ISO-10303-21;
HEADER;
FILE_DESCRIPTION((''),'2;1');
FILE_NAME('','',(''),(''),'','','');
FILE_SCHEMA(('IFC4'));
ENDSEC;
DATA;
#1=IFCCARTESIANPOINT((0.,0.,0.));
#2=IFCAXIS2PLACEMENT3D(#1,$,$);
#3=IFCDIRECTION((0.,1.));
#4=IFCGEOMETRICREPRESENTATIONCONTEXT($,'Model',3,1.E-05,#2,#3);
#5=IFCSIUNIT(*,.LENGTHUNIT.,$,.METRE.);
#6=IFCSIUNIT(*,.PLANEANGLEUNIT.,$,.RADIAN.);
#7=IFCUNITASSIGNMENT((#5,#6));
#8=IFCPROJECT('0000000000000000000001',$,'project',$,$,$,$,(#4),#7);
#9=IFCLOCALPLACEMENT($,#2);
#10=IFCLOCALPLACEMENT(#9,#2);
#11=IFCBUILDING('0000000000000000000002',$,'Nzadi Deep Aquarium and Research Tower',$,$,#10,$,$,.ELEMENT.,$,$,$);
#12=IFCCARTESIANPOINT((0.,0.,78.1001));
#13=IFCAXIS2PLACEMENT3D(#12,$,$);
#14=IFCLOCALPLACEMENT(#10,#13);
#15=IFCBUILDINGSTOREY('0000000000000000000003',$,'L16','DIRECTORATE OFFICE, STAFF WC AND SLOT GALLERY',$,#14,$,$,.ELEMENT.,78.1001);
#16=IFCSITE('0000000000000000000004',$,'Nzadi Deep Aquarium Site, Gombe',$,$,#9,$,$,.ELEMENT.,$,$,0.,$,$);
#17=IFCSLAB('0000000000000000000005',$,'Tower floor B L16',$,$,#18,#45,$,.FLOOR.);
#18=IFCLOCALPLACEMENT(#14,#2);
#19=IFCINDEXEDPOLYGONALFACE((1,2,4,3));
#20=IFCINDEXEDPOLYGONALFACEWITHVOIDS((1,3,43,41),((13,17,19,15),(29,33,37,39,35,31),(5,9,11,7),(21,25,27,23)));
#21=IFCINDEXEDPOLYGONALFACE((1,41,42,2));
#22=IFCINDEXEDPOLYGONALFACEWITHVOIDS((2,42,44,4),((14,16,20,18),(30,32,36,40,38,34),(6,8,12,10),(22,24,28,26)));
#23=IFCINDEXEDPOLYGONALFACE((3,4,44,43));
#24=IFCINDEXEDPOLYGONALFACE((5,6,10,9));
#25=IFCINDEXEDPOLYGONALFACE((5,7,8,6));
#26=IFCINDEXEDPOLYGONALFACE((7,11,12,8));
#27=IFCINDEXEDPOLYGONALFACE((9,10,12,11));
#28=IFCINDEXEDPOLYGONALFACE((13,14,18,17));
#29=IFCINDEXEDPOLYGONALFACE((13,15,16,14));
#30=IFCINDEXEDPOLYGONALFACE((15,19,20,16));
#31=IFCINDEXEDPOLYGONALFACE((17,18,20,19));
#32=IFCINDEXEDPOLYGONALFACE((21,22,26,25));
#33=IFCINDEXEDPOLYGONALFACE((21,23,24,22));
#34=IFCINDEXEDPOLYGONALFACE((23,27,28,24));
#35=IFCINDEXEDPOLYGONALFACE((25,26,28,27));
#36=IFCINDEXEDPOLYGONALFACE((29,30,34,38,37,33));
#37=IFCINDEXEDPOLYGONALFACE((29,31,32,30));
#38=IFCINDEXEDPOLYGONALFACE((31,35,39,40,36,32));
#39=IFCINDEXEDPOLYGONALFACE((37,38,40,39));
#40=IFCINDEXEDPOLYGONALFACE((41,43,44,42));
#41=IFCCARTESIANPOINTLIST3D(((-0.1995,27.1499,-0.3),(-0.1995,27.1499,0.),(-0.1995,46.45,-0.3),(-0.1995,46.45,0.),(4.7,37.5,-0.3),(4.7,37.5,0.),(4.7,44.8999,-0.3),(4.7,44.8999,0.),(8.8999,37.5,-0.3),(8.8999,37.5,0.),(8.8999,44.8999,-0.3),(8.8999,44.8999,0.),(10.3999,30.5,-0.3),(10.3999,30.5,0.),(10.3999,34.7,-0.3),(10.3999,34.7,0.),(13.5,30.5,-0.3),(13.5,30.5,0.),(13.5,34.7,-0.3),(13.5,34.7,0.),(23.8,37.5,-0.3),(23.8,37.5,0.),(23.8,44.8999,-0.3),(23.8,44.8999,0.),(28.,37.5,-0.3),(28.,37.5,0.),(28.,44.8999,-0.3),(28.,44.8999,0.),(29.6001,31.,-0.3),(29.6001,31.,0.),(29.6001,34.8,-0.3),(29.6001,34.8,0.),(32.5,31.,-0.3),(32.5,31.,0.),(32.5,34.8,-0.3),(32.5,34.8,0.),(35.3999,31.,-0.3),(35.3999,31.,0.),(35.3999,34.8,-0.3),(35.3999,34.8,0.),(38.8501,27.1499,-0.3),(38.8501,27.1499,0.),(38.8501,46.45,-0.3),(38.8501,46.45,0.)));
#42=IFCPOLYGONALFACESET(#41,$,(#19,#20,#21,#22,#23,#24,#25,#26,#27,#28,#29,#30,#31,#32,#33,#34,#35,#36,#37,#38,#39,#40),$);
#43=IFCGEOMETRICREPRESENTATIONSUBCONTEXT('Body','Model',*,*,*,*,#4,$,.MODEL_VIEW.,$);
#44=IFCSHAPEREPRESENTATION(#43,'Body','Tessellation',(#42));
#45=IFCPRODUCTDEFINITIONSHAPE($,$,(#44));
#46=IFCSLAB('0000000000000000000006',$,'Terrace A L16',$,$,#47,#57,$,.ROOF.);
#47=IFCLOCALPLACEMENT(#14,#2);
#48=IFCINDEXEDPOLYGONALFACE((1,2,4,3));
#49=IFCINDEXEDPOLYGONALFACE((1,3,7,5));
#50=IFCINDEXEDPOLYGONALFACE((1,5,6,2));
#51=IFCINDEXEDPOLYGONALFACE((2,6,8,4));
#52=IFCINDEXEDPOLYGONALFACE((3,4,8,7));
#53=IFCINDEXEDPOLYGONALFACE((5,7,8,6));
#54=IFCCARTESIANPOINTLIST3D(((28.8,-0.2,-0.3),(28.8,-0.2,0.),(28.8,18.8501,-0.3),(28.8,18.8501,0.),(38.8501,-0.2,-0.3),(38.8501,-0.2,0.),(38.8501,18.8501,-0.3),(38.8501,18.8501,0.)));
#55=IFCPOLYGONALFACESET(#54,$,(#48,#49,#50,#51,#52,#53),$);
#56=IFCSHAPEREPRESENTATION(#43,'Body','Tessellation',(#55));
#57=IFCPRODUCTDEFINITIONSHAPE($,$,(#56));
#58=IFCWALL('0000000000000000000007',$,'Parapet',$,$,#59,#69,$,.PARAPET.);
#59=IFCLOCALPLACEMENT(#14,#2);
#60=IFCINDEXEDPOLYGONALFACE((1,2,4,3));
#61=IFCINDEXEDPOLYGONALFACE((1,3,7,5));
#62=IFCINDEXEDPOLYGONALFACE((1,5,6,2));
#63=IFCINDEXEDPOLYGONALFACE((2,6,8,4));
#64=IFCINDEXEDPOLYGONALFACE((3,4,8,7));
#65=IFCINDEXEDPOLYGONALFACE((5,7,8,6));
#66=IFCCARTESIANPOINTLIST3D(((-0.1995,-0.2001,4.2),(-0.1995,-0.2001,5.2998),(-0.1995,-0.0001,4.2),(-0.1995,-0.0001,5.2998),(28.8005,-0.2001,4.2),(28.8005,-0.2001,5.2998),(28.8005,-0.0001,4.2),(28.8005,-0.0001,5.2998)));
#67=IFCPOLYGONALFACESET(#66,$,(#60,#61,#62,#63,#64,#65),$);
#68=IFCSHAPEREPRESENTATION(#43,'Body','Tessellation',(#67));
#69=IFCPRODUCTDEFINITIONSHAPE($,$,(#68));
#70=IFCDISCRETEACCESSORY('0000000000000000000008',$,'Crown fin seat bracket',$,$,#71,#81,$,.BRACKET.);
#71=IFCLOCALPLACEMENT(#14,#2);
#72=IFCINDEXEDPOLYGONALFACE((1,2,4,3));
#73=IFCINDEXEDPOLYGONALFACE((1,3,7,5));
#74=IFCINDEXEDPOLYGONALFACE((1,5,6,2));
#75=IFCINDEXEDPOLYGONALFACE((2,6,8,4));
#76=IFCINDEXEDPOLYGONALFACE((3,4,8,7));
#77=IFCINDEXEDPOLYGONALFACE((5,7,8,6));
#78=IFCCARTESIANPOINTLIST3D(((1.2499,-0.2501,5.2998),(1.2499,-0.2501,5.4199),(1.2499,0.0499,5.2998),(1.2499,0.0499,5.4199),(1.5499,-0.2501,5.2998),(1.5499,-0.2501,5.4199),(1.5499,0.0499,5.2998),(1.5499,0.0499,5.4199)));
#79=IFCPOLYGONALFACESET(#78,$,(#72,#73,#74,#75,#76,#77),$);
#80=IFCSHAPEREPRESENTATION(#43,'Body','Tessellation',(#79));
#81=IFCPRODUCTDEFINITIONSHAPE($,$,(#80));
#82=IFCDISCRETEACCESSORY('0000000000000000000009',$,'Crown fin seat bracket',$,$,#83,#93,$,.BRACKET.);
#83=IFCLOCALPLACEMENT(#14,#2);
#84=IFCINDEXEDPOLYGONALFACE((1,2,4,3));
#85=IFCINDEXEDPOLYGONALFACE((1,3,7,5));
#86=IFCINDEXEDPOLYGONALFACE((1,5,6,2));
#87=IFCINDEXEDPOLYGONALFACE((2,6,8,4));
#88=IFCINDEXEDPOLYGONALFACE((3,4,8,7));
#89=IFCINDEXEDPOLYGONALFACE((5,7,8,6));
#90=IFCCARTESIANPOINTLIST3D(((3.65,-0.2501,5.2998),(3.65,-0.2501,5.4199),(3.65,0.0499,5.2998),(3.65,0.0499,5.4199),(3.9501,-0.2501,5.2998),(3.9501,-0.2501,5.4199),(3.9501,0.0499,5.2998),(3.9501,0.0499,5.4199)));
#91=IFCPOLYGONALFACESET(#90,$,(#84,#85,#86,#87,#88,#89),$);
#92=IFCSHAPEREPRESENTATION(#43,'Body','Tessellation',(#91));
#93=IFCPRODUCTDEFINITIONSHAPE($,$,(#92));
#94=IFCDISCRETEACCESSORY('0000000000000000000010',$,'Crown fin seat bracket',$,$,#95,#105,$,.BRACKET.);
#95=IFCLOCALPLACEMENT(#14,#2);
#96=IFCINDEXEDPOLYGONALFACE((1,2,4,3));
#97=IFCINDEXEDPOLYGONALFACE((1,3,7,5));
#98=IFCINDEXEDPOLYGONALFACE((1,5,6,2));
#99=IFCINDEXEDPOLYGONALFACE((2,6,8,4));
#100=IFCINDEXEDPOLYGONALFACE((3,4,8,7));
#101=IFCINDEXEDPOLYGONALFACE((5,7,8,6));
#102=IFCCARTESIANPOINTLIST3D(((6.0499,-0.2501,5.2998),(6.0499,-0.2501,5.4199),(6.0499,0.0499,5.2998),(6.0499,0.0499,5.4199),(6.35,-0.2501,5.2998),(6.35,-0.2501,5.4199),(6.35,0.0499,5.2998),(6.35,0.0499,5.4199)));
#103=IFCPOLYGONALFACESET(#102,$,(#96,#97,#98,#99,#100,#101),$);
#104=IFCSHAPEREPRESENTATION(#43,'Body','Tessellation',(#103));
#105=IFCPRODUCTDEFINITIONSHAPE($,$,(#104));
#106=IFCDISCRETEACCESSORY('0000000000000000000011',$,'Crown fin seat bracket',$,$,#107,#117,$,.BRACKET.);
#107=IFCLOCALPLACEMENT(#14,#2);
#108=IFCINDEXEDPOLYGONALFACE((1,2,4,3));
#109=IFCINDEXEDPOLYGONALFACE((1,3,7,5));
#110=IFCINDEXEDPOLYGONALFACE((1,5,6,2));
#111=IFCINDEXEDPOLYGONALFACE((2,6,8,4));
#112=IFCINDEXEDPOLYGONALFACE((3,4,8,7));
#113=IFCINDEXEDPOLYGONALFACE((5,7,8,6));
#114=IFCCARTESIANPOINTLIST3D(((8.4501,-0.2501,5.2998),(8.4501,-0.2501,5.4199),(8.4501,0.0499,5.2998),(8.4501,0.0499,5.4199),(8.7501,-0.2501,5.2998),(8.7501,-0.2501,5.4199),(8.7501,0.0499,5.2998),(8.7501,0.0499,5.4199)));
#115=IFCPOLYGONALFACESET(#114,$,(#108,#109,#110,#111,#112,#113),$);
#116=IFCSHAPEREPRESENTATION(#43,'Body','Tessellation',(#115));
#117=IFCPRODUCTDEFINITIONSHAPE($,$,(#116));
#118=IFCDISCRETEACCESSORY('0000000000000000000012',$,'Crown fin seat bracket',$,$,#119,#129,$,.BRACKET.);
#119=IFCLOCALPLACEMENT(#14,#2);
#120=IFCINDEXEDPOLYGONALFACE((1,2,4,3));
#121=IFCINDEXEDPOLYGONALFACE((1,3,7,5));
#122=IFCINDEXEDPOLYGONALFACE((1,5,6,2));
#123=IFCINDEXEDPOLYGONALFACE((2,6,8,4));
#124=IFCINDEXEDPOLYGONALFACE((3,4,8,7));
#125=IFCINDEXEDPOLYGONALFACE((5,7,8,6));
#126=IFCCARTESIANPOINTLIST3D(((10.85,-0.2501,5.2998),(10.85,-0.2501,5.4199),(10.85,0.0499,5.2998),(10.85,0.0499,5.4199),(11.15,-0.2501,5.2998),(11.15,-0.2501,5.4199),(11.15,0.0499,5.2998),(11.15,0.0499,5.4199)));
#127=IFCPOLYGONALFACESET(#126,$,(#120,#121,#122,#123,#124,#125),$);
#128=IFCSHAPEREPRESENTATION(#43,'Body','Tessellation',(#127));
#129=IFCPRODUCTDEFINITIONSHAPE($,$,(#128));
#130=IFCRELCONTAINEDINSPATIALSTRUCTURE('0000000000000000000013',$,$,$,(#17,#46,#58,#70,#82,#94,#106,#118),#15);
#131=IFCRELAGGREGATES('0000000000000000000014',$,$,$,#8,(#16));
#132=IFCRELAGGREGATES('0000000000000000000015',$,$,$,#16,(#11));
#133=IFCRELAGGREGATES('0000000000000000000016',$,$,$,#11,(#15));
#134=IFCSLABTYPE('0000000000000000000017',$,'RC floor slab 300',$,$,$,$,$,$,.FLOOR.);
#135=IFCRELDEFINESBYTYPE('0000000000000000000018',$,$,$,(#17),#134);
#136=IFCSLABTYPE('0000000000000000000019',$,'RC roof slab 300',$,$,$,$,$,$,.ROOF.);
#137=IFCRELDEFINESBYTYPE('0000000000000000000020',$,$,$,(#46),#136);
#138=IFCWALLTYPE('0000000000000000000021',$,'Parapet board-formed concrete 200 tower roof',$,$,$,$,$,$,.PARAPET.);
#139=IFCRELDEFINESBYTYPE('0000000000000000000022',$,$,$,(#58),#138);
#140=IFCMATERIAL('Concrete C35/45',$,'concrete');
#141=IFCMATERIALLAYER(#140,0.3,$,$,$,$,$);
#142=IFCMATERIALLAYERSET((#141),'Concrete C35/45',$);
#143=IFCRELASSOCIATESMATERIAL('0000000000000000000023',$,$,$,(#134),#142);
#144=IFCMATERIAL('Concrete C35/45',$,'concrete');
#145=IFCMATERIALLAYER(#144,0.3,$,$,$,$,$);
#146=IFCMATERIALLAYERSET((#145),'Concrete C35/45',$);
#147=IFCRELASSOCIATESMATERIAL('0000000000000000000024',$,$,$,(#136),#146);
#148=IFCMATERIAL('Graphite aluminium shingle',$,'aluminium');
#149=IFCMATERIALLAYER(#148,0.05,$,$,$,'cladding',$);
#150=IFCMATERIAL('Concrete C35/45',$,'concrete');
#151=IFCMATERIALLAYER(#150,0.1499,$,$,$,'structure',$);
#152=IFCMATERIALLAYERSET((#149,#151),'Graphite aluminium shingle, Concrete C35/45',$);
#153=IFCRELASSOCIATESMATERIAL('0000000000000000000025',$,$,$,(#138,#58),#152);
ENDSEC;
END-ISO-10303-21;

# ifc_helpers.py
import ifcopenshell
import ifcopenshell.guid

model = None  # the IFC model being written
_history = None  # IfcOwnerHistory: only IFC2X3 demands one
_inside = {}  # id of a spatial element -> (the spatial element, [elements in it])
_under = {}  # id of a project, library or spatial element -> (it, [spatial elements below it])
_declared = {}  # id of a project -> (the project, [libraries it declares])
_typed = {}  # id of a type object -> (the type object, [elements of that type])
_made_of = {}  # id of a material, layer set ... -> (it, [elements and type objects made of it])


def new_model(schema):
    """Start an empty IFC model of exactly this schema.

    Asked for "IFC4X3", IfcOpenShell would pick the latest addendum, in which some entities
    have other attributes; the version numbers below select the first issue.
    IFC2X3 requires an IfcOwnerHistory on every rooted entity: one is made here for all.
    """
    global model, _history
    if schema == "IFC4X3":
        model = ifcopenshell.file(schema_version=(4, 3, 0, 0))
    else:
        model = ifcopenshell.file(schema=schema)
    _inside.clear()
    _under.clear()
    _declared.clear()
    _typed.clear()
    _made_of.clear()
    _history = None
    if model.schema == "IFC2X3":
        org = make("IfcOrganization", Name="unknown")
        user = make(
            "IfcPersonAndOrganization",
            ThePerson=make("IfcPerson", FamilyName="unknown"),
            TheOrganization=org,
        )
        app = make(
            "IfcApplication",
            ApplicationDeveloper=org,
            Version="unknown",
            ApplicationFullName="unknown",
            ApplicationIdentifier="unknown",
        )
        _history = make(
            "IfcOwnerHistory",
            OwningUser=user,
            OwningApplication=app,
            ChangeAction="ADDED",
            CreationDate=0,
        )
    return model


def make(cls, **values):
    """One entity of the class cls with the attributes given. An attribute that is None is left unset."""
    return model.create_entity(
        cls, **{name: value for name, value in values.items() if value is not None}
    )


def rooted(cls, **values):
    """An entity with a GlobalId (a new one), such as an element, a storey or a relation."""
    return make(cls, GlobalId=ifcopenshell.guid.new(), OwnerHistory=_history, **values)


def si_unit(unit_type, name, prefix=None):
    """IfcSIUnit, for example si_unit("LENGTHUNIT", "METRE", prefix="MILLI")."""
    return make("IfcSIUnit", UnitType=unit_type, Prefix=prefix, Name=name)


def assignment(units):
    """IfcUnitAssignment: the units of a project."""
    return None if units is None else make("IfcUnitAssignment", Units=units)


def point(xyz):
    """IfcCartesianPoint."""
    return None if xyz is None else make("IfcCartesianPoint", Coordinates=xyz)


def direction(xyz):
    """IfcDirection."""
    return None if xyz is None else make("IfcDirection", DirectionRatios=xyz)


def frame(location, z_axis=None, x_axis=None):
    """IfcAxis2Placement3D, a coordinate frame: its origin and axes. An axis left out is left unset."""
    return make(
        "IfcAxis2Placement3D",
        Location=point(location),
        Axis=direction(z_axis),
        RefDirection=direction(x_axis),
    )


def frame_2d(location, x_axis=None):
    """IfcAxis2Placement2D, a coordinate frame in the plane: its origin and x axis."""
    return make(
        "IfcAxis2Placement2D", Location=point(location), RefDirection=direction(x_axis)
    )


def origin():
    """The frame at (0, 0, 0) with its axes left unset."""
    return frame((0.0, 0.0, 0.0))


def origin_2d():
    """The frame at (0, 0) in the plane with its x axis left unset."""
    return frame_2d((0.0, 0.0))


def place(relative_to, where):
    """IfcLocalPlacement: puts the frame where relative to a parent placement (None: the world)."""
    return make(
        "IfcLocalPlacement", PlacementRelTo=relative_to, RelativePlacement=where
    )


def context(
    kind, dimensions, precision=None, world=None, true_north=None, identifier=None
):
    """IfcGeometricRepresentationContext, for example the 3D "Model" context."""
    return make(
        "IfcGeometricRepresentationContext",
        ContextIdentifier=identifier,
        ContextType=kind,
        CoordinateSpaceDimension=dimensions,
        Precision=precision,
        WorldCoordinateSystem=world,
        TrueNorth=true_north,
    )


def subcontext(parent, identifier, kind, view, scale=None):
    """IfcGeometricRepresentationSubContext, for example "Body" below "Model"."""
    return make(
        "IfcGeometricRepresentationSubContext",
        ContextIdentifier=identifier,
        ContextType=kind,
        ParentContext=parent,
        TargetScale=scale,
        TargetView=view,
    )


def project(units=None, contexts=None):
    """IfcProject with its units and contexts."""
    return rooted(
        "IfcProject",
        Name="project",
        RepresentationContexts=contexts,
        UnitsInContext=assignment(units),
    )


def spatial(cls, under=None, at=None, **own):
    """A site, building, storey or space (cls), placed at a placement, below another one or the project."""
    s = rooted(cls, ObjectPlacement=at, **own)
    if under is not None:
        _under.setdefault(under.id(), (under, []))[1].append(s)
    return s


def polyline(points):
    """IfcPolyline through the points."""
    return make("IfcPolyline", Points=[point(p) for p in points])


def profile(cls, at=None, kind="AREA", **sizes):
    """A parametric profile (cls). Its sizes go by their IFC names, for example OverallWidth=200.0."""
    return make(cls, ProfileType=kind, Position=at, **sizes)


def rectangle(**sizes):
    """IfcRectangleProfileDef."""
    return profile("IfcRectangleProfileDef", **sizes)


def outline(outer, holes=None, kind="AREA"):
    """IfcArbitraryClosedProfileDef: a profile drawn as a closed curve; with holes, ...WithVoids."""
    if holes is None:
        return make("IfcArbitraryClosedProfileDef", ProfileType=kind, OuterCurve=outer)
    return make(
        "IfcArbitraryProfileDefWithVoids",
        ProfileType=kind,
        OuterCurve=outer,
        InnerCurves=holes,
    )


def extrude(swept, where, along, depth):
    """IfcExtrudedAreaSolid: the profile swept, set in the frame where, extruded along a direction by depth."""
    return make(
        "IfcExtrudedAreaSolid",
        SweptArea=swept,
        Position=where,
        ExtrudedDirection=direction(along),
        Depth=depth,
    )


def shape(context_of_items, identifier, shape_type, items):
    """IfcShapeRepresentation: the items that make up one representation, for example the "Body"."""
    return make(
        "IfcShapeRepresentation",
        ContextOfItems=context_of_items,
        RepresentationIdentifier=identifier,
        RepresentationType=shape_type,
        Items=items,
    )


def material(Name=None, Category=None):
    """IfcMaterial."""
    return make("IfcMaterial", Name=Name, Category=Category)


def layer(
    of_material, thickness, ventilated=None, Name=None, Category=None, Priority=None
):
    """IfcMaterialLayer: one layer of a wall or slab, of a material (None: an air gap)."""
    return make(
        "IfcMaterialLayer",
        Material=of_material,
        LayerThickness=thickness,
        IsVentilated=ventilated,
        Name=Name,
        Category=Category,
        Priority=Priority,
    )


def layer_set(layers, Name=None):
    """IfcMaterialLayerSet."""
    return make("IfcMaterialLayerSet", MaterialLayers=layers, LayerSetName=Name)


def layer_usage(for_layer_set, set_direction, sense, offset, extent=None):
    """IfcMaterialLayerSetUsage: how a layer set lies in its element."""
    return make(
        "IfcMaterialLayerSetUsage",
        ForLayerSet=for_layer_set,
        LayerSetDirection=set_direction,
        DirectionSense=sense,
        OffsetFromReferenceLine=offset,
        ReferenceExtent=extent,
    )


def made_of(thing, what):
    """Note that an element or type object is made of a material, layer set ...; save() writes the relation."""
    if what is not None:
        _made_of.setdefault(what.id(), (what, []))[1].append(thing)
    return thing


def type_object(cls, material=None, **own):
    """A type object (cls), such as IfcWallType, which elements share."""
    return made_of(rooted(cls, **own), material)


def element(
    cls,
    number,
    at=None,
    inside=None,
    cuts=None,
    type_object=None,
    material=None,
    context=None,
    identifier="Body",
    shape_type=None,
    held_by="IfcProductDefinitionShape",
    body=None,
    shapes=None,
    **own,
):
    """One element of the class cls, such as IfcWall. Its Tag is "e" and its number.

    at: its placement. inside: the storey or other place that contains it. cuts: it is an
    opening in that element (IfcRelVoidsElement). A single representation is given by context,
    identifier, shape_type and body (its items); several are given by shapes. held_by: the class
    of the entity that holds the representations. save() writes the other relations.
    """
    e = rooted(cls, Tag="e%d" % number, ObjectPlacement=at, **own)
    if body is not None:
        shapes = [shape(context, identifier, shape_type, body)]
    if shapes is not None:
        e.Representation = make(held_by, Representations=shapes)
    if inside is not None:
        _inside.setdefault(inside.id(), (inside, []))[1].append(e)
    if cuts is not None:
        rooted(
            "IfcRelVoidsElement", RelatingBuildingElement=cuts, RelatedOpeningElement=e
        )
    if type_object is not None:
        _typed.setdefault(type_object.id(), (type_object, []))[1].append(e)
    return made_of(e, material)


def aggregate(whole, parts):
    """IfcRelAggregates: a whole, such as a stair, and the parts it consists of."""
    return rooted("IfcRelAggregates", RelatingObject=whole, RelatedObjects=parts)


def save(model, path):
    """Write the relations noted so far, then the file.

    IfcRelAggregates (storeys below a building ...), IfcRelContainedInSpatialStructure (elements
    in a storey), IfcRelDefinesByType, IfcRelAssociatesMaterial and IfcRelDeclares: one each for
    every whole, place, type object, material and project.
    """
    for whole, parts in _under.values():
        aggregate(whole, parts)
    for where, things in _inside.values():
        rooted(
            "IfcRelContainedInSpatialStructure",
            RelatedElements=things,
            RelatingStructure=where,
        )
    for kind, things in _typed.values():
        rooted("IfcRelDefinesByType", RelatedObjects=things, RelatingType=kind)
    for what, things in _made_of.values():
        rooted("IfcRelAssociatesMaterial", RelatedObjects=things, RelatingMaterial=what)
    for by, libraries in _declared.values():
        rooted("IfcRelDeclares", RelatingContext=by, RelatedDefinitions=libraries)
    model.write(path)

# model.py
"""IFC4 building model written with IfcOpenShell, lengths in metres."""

from ifc_helpers import new_model, si_unit, direction, frame, frame_2d, origin, origin_2d, place, context, subcontext, project, spatial, polyline, rectangle, outline, extrude, material, layer, layer_set, layer_usage, type_object, element, save


model = new_model("IFC4")

# Units and contexts
model_context = context("Model", 3, precision=1e-05, world=origin(), true_north=direction((0.0, 1.0)))
body_context = subcontext(model_context, "Body", "Model", "MODEL_VIEW")
ifc_project = project(units=[si_unit("LENGTHUNIT", "METRE"), si_unit("PLANEANGLEUNIT", "RADIAN")], contexts=[model_context])

# Site, building, storey
site_placement = place(None, origin())
site = spatial("IfcSite", under=ifc_project, at=site_placement, Name="Nzadi Deep Aquarium Site, Gombe", CompositionType="ELEMENT", RefElevation=0.0)
building_placement = place(site_placement, origin())
building = spatial("IfcBuilding", under=site, at=building_placement, Name="Nzadi Deep Aquarium and Research Tower", CompositionType="ELEMENT")
storey_placement = place(building_placement, frame((0.0, 0.0, 78.1001)))
storey = spatial("IfcBuildingStorey", under=building, at=storey_placement, Name="L16", Description="DIRECTORATE OFFICE, STAFF WC AND SLOT GALLERY", CompositionType="ELEMENT", Elevation=78.1001)

# Slabs
ifc_material_1 = material(Name="Concrete C35/45", Category="concrete")
ifc_layer_1 = layer(ifc_material_1, 0.3)
ifc_layer_set_1 = layer_set([ifc_layer_1], Name="Concrete C35/45")
slab_type_1 = type_object("IfcSlabType", Name="RC floor slab 300", PredefinedType="FLOOR", material=ifc_layer_set_1)
slab_1_placement = place(storey_placement, frame((0.0, 0.0, -0.3)))
element("IfcSlab", 1, at=slab_1_placement, inside=storey, type_object=slab_type_1, Name="Tower floor B L16", PredefinedType="FLOOR", context=body_context, shape_type="SweptSolid", body=[
    extrude(outline(polyline([(-0.1995, 27.1499), (38.8501, 27.1499), (38.8501, 46.45), (-0.1995, 46.45), (-0.1995, 27.1499)]), holes=[polyline([(8.8999, 44.8999), (8.8999, 37.5), (4.7, 37.5), (4.7, 44.8999), (8.8999, 44.8999)]), polyline([(28.0, 37.5), (23.8, 37.5), (23.8, 44.8999), (28.0, 44.8999), (28.0, 37.5)]), polyline([(10.3999, 30.5), (10.3999, 34.7), (13.5, 34.7), (13.5, 30.5), (10.3999, 30.5)]), polyline([(29.6001, 34.8), (32.5, 34.8), (35.3999, 34.8), (35.3999, 31.0), (32.5, 31.0), (29.6001, 31.0), (29.6001, 34.8)])]), origin(), (0.0, 0.0, 1.0), 0.3),
])
ifc_material_2 = material(Name="Concrete C35/45", Category="concrete")
ifc_layer_2 = layer(ifc_material_2, 0.3)
ifc_layer_set_2 = layer_set([ifc_layer_2], Name="Concrete C35/45")
slab_type_2 = type_object("IfcSlabType", Name="RC roof slab 300", PredefinedType="ROOF", material=ifc_layer_set_2)
slab_2_placement = place(storey_placement, frame((0.0, 0.0, -0.3)))
element("IfcSlab", 2, at=slab_2_placement, inside=storey, type_object=slab_type_2, Name="Terrace A L16", PredefinedType="ROOF", context=body_context, shape_type="SweptSolid", body=[
    extrude(outline(polyline([(38.8501, -0.2), (38.8501, 18.8501), (28.8, 18.8501), (28.8, -0.2), (38.8501, -0.2)])), origin(), (0.0, 0.0, 1.0), 0.3),
])

# Wall
ifc_material_3 = material(Name="Graphite aluminium shingle", Category="aluminium")
ifc_layer_3 = layer(ifc_material_3, 0.05, Category="cladding")
ifc_material_4 = material(Name="Concrete C35/45", Category="concrete")
ifc_layer_4 = layer(ifc_material_4, 0.1499, Category="structure")
ifc_layer_set_3 = layer_set([ifc_layer_3, ifc_layer_4], Name="Graphite aluminium shingle, Concrete C35/45")
ifc_layer_usage = layer_usage(ifc_layer_set_3, "AXIS2", "POSITIVE", -0.1)
wall_type = type_object("IfcWallType", Name="Parapet board-formed concrete 200 tower roof", PredefinedType="PARAPET", material=ifc_layer_set_3)
wall_placement = place(storey_placement, frame((-0.1995, -0.1001, 4.2), z_axis=(0.0, 0.0, 1.0), x_axis=(1.0, 0.0, 0.0)))
element("IfcWall", 3, at=wall_placement, inside=storey, type_object=wall_type, material=ifc_layer_usage, Name="Parapet", PredefinedType="PARAPET", context=body_context, shape_type="SweptSolid", body=[
    extrude(rectangle(XDim=29.0, YDim=0.2, at=frame_2d((14.5, 0.0))), origin(), (0.0, 0.0, 1.0), 1.0999),
])

# Discrete accessories
for number, where, z_axis, x_axis, name in (
    (4, (1.3999, -0.1001, 5.2998), (0.0, 0.0, 1.0), (1.0, 0.0, 0.0), "Crown fin seat bracket"),
    (5, (3.8, -0.1001, 5.2998), (0.0, 0.0, 1.0), (1.0, 0.0, 0.0), "Crown fin seat bracket"),
    (6, (6.2, -0.1001, 5.2998), (0.0, 0.0, 1.0), (1.0, 0.0, 0.0), "Crown fin seat bracket"),
    (7, (8.6001, -0.1001, 5.2998), (0.0, 0.0, 1.0), (1.0, 0.0, 0.0), "Crown fin seat bracket"),
    (8, (11.0, -0.1001, 5.2998), (0.0, 0.0, 1.0), (1.0, 0.0, 0.0), "Crown fin seat bracket"),
):
    element("IfcDiscreteAccessory", number, at=place(storey_placement, frame(where, z_axis=z_axis, x_axis=x_axis)), inside=storey, Name=name, PredefinedType="BRACKET", context=body_context, shape_type="SweptSolid", body=[
        extrude(rectangle(XDim=0.3, YDim=0.3, at=origin_2d()), origin(), (0.0, 0.0, 1.0), 0.1201),
    ])

save(model, "model.ifc")
